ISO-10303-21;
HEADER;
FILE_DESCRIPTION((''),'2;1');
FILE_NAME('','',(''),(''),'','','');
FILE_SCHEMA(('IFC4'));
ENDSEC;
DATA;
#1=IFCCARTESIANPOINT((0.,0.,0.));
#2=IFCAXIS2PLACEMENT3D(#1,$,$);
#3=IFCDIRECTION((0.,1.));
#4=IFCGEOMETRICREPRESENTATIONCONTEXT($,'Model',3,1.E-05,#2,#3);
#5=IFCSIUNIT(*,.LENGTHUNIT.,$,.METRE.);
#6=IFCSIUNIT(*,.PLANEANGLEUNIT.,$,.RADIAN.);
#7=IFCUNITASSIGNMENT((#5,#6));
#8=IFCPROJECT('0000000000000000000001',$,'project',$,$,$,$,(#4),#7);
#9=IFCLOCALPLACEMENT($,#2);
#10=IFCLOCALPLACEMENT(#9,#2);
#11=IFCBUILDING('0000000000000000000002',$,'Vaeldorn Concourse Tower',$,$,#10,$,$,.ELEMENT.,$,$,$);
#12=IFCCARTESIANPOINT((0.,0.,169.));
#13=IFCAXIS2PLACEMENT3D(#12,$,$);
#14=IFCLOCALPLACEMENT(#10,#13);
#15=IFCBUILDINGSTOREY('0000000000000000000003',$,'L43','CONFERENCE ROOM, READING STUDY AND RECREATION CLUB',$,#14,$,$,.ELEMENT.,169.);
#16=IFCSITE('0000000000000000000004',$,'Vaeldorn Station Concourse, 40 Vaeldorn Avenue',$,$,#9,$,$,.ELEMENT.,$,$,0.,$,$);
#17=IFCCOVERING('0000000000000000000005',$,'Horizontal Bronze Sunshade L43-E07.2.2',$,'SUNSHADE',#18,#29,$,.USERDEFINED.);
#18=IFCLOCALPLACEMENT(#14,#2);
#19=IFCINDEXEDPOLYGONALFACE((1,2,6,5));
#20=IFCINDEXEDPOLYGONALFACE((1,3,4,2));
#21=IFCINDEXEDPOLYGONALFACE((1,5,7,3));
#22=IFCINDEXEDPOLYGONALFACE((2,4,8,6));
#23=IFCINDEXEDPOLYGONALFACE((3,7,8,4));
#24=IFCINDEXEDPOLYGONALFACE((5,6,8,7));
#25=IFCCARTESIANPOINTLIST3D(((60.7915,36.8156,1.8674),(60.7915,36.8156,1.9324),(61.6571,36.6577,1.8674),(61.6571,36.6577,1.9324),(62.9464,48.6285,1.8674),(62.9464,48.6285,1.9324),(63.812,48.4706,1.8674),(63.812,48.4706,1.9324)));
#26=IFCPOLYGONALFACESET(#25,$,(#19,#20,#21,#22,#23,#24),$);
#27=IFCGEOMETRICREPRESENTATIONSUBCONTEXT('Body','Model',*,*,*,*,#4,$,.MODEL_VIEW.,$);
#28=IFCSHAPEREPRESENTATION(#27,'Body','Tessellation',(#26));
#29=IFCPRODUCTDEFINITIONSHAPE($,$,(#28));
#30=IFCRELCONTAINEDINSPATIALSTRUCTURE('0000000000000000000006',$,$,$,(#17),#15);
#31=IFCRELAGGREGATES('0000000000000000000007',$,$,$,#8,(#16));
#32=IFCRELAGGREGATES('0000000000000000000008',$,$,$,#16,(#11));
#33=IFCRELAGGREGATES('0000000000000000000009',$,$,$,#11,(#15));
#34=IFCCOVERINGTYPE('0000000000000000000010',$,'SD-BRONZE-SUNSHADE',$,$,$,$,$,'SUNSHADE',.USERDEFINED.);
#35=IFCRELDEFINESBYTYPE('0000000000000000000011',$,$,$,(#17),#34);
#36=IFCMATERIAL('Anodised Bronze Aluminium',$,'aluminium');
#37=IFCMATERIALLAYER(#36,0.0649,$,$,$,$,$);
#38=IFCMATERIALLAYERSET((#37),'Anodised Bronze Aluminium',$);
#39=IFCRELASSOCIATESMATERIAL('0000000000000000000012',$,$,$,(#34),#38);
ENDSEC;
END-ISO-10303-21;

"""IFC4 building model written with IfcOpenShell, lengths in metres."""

from ifc_helpers import new_model, si_unit, direction, frame, origin, origin_2d, place, context, subcontext, project, spatial, rectangle, extrude, source, transform, mapped, material, layer, layer_set, type_object, element, save


model = new_model("IFC4")

# Units and contexts
model_context = context("Model", 3, precision=1e-05, world=origin(), true_north=direction((0.0, 1.0)))
body_context = subcontext(model_context, "Body", "Model", "MODEL_VIEW")
ifc_project = project(units=[si_unit("LENGTHUNIT", "METRE"), si_unit("PLANEANGLEUNIT", "RADIAN")], contexts=[model_context])

# Site, building, storey
site_placement = place(None, origin())
site = spatial("IfcSite", under=ifc_project, at=site_placement, Name="Vaeldorn Station Concourse, 40 Vaeldorn Avenue", CompositionType="ELEMENT", RefElevation=0.0)
building_placement = place(site_placement, origin())
building = spatial("IfcBuilding", under=site, at=building_placement, Name="Vaeldorn Concourse Tower", CompositionType="ELEMENT")
storey_placement = place(building_placement, frame((0.0, 0.0, 169.0)))
storey = spatial("IfcBuildingStorey", under=building, at=storey_placement, Name="L43", Description="CONFERENCE ROOM, READING STUDY AND RECREATION CLUB", CompositionType="ELEMENT", Elevation=169.0)

# Shared definitions
ifc_material_1 = material(Name="Anodised Bronze Aluminium", Category="aluminium")

# Covering
ifc_layer_1 = layer(ifc_material_1, 0.0649)
ifc_layer_set_1 = layer_set([ifc_layer_1], Name="Anodised Bronze Aluminium")
covering_type = type_object("IfcCoveringType", Name="SD-BRONZE-SUNSHADE", ElementType="SUNSHADE", PredefinedType="USERDEFINED", material=ifc_layer_set_1)
shared_shape_1 = source(origin(), body_context, "Body", "SweptSolid", [
    extrude(rectangle(XDim=12.0078, YDim=0.8799, at=origin_2d()), origin(), (0.0, 0.0, 1.0), 0.0649),
])
for number, where, z_axis, x_axis, name in (
    (1, (62.3018, 42.6431, 1.8674), (0.0, 0.0, 1.0), (0.179455, 0.983766, 0.0), "Horizontal Bronze Sunshade L43-E07.2.2"),
):
    element("IfcCovering", number, at=place(storey_placement, frame(where, z_axis=z_axis, x_axis=x_axis)), inside=storey, type_object=covering_type, Name=name, ObjectType="SUNSHADE", PredefinedType="USERDEFINED", context=body_context, shape_type="MappedRepresentation", body=[
        mapped(shared_shape_1, transform((0.0, 0.0, 0.0), scale=1.0)),
    ])

save(model, "model.ifc")
